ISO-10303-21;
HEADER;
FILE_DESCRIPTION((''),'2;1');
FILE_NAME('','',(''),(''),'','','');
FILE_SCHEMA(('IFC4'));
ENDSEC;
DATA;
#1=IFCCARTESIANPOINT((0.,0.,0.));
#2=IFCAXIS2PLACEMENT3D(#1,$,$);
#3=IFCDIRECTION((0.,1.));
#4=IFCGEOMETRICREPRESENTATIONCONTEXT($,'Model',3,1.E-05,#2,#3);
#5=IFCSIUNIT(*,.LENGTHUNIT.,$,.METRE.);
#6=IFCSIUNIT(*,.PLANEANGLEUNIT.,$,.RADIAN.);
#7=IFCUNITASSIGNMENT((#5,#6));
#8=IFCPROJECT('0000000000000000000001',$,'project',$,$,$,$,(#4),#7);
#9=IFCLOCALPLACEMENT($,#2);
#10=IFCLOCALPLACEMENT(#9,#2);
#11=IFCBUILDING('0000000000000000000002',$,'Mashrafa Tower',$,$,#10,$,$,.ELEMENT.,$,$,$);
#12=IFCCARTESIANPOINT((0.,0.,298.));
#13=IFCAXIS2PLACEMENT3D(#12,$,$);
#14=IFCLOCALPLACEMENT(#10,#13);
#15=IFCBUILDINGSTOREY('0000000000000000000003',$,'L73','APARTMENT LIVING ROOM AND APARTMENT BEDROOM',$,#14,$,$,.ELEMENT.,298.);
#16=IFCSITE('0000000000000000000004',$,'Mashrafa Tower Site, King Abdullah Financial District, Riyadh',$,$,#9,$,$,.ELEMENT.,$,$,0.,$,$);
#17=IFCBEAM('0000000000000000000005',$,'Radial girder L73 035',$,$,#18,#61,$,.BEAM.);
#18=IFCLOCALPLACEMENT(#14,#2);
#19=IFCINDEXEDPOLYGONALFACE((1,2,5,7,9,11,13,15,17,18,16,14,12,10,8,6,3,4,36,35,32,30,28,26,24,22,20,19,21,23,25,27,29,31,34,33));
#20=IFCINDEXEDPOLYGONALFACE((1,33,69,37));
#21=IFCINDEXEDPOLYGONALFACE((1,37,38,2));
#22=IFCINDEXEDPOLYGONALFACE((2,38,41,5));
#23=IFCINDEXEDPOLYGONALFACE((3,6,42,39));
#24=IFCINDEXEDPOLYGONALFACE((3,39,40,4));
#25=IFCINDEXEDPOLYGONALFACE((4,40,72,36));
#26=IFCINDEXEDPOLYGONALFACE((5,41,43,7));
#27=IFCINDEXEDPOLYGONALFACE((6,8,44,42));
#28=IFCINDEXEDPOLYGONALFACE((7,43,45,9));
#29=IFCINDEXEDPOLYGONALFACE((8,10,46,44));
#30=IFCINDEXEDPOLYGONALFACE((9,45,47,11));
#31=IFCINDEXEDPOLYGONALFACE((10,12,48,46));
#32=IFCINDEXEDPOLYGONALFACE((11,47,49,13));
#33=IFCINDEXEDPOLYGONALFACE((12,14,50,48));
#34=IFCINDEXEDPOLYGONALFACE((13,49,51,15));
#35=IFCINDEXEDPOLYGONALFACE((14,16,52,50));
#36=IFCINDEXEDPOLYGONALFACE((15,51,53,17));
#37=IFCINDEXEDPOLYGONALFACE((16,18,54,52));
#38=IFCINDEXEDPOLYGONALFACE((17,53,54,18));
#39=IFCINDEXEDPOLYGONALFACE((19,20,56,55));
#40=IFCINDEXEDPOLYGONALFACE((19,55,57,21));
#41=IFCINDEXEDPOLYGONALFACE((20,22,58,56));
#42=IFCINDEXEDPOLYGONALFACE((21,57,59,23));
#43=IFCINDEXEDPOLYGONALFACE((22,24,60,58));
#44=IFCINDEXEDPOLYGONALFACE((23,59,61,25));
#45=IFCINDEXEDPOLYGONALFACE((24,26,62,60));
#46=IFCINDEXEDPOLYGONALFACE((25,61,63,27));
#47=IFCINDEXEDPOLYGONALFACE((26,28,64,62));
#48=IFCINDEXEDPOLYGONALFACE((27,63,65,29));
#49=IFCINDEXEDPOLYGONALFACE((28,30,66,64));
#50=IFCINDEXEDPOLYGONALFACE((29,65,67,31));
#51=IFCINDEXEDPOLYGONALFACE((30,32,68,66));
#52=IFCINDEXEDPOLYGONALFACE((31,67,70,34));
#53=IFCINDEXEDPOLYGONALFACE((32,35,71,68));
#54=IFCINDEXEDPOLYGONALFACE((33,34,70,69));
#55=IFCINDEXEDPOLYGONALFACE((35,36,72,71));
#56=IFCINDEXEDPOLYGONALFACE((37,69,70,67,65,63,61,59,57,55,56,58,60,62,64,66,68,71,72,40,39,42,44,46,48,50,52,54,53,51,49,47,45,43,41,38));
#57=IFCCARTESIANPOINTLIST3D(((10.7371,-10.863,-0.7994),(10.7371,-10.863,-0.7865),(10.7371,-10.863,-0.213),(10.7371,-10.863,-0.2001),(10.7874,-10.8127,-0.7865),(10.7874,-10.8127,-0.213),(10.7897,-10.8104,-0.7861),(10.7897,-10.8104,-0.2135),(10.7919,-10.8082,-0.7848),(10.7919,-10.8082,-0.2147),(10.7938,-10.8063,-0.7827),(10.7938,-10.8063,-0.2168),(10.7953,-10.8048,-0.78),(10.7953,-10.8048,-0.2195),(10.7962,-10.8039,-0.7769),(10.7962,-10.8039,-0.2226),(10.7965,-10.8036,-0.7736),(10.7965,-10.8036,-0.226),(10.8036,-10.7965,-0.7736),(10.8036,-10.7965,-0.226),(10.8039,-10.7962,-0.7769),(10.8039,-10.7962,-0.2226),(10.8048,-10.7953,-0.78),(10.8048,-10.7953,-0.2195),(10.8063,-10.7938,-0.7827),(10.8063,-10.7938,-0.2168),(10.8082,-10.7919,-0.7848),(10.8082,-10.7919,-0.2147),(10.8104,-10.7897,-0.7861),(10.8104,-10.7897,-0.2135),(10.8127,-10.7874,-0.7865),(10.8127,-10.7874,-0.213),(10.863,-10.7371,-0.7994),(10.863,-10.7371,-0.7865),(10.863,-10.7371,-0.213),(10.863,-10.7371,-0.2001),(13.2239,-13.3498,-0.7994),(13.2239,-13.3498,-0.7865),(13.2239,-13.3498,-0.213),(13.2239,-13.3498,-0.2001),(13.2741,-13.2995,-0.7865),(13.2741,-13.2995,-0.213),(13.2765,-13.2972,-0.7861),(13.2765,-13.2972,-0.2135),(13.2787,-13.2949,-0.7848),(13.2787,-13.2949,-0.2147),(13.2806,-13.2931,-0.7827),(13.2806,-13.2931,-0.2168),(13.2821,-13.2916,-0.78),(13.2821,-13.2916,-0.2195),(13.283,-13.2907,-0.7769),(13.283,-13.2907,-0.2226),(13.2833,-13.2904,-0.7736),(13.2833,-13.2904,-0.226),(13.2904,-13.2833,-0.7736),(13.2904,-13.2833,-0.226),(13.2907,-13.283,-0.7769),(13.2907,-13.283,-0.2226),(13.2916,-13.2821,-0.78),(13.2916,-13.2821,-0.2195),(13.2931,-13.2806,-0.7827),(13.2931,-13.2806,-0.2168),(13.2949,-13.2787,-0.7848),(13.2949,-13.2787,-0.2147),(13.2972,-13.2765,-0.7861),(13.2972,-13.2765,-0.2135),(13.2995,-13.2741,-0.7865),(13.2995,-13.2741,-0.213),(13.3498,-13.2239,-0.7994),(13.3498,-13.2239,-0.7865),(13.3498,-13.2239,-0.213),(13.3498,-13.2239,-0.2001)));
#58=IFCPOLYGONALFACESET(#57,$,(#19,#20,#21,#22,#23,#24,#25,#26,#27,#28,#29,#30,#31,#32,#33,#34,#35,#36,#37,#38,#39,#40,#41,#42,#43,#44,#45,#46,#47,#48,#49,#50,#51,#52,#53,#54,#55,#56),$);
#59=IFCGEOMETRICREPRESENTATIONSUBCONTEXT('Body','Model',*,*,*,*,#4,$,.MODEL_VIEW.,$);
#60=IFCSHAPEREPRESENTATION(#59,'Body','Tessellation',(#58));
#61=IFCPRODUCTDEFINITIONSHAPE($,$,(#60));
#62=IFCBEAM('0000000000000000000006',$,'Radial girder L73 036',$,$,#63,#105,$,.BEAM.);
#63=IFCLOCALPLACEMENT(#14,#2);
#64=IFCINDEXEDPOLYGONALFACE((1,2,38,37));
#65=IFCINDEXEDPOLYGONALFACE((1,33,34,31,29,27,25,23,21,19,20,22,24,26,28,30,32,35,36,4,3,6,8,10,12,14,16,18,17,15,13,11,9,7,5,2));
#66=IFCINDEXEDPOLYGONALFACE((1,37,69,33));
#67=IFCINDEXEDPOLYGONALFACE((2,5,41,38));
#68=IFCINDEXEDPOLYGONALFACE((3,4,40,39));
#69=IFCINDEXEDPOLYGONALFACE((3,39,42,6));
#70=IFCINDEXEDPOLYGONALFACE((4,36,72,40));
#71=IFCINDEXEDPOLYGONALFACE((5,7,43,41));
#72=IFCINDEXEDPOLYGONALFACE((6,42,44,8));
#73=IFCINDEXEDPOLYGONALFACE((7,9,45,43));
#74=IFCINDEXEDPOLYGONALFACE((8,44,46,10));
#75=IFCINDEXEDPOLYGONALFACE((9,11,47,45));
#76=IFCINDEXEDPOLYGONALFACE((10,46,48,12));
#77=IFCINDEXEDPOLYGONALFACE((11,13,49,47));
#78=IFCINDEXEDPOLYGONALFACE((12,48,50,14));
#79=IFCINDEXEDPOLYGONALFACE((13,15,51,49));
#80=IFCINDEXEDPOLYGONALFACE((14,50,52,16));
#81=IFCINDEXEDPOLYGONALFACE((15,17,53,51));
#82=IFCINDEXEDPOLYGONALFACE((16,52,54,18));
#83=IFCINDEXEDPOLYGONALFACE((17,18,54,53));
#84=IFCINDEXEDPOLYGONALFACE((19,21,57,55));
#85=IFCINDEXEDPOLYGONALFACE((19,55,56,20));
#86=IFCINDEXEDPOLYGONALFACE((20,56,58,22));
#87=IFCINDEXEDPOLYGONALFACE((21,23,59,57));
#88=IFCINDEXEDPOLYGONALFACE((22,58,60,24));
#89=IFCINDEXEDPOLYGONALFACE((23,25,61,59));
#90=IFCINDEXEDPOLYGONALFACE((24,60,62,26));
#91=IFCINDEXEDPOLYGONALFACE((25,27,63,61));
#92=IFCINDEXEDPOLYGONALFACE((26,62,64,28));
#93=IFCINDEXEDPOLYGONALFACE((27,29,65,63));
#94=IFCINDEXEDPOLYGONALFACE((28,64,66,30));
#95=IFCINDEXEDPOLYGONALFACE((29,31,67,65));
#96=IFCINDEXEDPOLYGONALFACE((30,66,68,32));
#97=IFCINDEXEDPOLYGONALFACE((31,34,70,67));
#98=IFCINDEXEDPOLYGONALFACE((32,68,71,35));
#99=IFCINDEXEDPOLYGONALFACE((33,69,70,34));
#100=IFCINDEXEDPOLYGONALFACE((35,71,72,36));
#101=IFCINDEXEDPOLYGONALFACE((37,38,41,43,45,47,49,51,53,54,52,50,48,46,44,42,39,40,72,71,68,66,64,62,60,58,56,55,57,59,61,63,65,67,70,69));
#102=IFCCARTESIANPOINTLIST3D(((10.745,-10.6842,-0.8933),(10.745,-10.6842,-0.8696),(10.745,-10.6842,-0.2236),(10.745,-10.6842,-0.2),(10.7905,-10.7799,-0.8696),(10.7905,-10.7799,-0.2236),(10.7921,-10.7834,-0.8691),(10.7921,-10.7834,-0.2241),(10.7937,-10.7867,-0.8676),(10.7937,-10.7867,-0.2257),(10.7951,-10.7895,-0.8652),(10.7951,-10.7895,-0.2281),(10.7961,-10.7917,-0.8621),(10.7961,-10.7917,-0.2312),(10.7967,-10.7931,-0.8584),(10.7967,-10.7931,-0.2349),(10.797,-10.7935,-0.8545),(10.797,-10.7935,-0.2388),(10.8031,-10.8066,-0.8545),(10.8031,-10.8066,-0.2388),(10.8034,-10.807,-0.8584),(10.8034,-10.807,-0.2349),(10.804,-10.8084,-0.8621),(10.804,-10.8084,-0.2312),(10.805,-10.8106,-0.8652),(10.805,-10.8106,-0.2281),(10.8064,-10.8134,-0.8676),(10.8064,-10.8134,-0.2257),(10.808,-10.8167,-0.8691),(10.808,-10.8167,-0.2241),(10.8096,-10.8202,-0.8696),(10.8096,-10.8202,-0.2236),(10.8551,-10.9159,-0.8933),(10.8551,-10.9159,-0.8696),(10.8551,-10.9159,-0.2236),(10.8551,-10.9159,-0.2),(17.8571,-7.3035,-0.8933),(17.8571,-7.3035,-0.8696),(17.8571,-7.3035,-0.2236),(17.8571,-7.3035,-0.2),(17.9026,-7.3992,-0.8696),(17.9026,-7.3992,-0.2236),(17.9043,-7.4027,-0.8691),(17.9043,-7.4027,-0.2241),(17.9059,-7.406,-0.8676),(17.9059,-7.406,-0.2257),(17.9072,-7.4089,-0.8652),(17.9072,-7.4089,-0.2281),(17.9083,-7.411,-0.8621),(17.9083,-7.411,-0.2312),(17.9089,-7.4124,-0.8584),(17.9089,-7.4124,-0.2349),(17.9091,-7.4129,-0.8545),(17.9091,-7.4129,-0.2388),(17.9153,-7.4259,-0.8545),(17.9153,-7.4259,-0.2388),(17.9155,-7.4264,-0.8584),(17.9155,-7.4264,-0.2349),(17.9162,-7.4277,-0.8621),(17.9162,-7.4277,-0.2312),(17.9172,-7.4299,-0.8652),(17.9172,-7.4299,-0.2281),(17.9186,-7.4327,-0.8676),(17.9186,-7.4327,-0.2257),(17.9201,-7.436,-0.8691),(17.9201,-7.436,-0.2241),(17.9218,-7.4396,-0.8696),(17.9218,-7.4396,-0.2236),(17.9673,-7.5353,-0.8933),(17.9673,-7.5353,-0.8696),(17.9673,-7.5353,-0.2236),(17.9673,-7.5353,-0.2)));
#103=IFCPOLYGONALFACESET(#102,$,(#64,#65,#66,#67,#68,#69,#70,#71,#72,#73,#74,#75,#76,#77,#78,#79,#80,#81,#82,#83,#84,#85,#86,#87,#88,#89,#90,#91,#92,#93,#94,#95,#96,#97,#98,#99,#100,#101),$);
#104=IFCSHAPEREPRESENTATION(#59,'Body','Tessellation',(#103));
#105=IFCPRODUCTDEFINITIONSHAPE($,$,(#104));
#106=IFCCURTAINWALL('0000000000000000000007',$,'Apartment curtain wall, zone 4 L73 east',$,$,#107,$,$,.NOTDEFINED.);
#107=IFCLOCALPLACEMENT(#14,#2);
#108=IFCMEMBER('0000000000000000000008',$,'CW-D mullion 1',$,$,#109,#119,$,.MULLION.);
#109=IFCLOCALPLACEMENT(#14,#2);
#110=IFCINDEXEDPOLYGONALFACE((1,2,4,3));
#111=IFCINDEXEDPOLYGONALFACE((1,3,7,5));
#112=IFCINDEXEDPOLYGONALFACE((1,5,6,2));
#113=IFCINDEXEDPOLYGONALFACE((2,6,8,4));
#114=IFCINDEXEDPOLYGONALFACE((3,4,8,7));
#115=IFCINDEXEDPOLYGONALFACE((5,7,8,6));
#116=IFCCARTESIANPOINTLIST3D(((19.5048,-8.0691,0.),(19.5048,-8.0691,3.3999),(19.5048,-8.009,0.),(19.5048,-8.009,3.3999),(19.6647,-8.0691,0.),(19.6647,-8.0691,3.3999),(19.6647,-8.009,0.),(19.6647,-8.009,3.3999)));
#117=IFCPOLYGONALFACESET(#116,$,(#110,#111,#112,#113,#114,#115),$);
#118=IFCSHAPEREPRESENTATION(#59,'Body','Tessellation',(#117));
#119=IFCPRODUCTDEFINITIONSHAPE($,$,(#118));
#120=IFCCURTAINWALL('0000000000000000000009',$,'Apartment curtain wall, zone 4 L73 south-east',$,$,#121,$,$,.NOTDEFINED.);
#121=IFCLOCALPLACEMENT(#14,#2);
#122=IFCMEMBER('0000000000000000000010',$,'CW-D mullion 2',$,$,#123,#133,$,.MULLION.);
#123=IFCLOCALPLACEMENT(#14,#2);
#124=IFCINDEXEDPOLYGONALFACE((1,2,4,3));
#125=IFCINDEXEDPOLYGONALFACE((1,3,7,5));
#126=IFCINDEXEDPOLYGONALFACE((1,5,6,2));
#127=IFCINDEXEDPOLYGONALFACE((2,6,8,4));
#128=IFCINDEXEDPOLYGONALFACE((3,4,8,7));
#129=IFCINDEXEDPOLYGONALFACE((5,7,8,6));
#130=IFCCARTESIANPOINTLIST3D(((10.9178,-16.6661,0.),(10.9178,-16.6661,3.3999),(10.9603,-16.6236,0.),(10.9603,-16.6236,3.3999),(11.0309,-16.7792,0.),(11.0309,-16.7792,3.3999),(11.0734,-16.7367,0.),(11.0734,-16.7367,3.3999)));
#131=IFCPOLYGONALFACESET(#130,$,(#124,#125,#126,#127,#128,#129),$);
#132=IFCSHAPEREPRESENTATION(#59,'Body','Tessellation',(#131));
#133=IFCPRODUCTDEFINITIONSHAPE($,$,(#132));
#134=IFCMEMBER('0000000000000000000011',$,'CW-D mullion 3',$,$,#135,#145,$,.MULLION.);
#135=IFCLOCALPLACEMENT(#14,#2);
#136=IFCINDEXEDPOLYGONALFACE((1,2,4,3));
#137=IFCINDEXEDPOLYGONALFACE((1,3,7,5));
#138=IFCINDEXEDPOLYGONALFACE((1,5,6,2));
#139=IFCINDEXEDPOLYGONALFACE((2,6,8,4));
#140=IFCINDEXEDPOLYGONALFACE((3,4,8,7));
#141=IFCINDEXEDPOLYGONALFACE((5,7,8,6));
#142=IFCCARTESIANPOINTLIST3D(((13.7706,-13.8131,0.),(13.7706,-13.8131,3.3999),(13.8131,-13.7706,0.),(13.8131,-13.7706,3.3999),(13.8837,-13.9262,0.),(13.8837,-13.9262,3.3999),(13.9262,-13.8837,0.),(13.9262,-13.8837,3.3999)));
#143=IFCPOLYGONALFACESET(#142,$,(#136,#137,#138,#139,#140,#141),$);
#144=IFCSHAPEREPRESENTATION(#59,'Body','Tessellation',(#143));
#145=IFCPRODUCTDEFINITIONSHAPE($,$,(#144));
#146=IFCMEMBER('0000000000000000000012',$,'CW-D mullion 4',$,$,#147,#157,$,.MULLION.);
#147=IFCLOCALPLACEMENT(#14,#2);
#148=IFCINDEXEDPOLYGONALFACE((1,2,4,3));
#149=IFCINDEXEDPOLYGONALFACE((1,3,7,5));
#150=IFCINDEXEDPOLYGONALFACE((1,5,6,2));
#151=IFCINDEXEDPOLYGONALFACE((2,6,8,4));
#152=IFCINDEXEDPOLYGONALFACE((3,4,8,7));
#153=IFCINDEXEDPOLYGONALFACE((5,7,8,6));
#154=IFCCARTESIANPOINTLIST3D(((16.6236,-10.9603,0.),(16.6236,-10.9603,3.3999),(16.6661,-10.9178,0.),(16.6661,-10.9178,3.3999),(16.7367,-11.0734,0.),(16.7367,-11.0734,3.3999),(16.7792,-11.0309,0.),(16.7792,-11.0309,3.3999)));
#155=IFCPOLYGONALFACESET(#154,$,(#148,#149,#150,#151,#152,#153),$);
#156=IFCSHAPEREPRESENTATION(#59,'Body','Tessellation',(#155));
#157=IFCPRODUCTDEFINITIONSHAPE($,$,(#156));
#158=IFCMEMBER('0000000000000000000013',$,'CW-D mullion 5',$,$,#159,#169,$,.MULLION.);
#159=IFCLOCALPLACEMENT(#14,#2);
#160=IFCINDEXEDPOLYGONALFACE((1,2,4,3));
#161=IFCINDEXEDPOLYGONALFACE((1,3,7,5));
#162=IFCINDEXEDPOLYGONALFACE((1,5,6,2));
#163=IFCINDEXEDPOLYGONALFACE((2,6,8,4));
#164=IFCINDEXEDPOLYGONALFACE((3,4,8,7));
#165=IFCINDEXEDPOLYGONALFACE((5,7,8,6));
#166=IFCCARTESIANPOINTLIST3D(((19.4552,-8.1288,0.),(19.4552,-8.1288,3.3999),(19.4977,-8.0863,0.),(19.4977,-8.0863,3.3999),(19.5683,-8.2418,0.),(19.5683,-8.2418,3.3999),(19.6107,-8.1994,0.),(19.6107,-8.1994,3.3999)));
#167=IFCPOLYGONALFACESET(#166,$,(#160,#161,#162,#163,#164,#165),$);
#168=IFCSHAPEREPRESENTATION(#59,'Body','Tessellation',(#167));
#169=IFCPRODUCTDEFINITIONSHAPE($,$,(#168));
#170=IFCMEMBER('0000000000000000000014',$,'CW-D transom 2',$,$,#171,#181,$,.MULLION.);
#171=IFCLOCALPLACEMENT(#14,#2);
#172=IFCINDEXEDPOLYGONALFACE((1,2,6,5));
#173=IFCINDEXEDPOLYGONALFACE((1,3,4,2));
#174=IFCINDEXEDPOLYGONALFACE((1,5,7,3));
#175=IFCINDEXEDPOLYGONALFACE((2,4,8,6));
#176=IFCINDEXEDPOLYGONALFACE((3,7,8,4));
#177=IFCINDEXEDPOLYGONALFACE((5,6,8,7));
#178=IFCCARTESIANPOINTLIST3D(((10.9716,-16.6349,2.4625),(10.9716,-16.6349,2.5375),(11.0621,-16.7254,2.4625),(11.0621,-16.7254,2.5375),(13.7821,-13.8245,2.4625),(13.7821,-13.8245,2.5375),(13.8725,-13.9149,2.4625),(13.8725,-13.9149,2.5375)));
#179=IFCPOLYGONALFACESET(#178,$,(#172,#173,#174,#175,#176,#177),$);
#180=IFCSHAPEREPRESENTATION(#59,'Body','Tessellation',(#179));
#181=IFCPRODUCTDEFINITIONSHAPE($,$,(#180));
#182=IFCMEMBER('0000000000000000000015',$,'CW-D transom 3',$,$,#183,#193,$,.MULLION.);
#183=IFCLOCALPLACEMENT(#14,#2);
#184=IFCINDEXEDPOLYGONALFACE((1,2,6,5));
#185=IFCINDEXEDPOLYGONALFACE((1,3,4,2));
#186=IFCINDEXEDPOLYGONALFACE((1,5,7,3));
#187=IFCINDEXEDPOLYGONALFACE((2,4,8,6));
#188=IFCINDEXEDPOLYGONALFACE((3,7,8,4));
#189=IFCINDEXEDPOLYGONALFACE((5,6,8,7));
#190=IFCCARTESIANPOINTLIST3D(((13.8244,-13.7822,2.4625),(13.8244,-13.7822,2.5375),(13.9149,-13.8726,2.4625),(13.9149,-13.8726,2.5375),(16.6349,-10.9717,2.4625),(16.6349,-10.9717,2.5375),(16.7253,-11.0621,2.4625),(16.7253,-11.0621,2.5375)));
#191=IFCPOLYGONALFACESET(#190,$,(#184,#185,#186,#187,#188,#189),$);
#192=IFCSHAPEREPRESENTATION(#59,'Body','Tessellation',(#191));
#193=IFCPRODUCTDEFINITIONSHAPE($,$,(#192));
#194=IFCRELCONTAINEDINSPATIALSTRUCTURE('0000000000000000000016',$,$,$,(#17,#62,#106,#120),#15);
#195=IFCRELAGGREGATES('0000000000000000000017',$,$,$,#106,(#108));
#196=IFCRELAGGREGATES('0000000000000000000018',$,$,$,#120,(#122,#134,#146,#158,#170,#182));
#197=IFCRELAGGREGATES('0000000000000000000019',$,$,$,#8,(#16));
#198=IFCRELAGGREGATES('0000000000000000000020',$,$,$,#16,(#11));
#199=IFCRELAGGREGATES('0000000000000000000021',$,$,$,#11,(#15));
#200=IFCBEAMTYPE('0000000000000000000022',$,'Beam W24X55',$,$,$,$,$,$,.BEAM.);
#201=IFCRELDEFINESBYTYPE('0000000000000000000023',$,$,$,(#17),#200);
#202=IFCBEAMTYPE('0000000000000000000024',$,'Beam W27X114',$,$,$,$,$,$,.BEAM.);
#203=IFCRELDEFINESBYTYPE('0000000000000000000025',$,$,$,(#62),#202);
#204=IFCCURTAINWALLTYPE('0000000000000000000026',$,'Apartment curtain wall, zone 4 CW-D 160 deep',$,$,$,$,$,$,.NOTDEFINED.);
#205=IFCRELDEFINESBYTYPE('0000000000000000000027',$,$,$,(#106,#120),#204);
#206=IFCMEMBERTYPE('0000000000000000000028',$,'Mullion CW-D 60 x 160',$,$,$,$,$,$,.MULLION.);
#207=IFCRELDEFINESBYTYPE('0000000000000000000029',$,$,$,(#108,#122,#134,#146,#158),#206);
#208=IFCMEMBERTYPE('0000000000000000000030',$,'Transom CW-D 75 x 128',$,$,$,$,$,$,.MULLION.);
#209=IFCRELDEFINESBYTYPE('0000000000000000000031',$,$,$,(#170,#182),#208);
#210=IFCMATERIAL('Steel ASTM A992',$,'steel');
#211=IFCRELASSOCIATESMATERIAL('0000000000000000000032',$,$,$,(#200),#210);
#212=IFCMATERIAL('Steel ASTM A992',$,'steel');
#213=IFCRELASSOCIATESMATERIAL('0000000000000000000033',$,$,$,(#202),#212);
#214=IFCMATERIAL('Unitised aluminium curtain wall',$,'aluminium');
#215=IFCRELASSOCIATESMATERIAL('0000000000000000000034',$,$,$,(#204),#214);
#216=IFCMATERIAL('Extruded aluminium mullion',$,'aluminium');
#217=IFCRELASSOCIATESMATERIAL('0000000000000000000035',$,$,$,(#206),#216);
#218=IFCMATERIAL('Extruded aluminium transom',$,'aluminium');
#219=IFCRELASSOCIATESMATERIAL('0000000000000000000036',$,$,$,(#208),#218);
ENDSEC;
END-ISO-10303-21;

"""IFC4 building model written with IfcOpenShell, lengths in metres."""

from ifc_helpers import new_model, si_unit, direction, frame, origin, origin_2d, place, context, subcontext, project, spatial, rectangle, i_section, extrude, source, transform, mapped, material, material_profile, profile_set, type_object, type_shapes, element, aggregate, save


model = new_model("IFC4")

# Units and contexts
model_context = context("Model", 3, precision=1e-05, world=origin(), true_north=direction((0.0, 1.0)))
body_context = subcontext(model_context, "Body", "Model", "MODEL_VIEW")
ifc_project = project(units=[si_unit("LENGTHUNIT", "METRE"), si_unit("PLANEANGLEUNIT", "RADIAN")], contexts=[model_context])

# Site, building, storey
site_placement = place(None, origin())
site = spatial("IfcSite", under=ifc_project, at=site_placement, Name="Mashrafa Tower Site, King Abdullah Financial District, Riyadh", CompositionType="ELEMENT", RefElevation=0.0)
building_placement = place(site_placement, origin())
building = spatial("IfcBuilding", under=site, at=building_placement, Name="Mashrafa Tower", CompositionType="ELEMENT")
storey_placement = place(building_placement, frame((0.0, 0.0, 298.0)))
storey = spatial("IfcBuildingStorey", under=building, at=storey_placement, Name="L73", Description="APARTMENT LIVING ROOM AND APARTMENT BEDROOM", CompositionType="ELEMENT", Elevation=298.0)

# Beams
ifc_material_1 = material(Name="Steel ASTM A992", Category="steel")
ifc_material_profile_1 = material_profile(ifc_material_1, i_section(OverallWidth=0.178, OverallDepth=0.5994, WebThickness=0.01, FlangeThickness=0.0129, FilletRadius=0.0129, at=origin_2d()), Name="W24X55")
ifc_profile_set_1 = profile_set([ifc_material_profile_1], Name="Steel ASTM A992")
beam_type_1 = type_object("IfcBeamType", Name="Beam W24X55", PredefinedType="BEAM", material=ifc_profile_set_1)
beam_1_placement = place(storey_placement, frame((10.8, -10.8, -0.4998), z_axis=(0.707107, -0.707107, 0.0), x_axis=(0.707107, 0.707107, 0.0)))
element("IfcBeam", 1, at=beam_1_placement, inside=storey, type_object=beam_type_1, Name="Radial girder L73 035", PredefinedType="BEAM", context=body_context, shape_type="SweptSolid", body=[
    extrude(i_section(OverallWidth=0.178, OverallDepth=0.5994, WebThickness=0.01, FlangeThickness=0.0129, FilletRadius=0.0129, at=origin_2d()), origin(), (0.0, 0.0, 1.0), 3.5168),
])
ifc_material_2 = material(Name="Steel ASTM A992", Category="steel")
ifc_material_profile_2 = material_profile(ifc_material_2, i_section(OverallWidth=0.2566, OverallDepth=0.6934, WebThickness=0.0144, FlangeThickness=0.0237, FilletRadius=0.0151, at=origin_2d()), Name="W27X114")
ifc_profile_set_2 = profile_set([ifc_material_profile_2], Name="Steel ASTM A992")
beam_type_2 = type_object("IfcBeamType", Name="Beam W27X114", PredefinedType="BEAM", material=ifc_profile_set_2)
beam_2_placement = place(storey_placement, frame((10.8, -10.8, -0.5466), z_axis=(0.90316, 0.429304, 0.0), x_axis=(-0.429304, 0.90316, 0.0)))
element("IfcBeam", 2, at=beam_2_placement, inside=storey, type_object=beam_type_2, Name="Radial girder L73 036", PredefinedType="BEAM", context=body_context, shape_type="SweptSolid", body=[
    extrude(i_section(OverallWidth=0.2566, OverallDepth=0.6934, WebThickness=0.0144, FlangeThickness=0.0237, FilletRadius=0.0151, at=origin_2d()), origin(), (0.0, 0.0, 1.0), 7.8748),
])

# Curtain wall, member
ifc_material_3 = material(Name="Unitised aluminium curtain wall", Category="aluminium")
curtain_wall_type = type_object("IfcCurtainWallType", Name="Apartment curtain wall, zone 4 CW-D 160 deep", PredefinedType="NOTDEFINED", material=ifc_material_3)
curtain_wall_1_placement = place(storey_placement, origin())
curtain_wall_1 = element("IfcCurtainWall", 3, at=curtain_wall_1_placement, inside=storey, type_object=curtain_wall_type, Name="Apartment curtain wall, zone 4 L73 east", PredefinedType="NOTDEFINED")
ifc_material_4 = material(Name="Extruded aluminium mullion", Category="aluminium")
ifc_material_profile_3 = material_profile(ifc_material_4, rectangle(XDim=0.1599, YDim=0.0601, at=origin_2d()), Name="Mullion 60x160")
ifc_profile_set_3 = profile_set([ifc_material_profile_3], Name="Extruded aluminium mullion")
member_type_1 = type_object("IfcMemberType", Name="Mullion CW-D 60 x 160", PredefinedType="MULLION", material=ifc_profile_set_3)
shared_shape_1 = source(origin(), body_context, "Body", "SweptSolid", [
    extrude(rectangle(XDim=0.1599, YDim=0.0601, at=origin_2d()), origin(), (0.0, 0.0, 1.0), 3.3999),
])
type_shapes(member_type_1, [shared_shape_1])
member_1_placement = place(storey_placement, frame((19.5847, -8.0391, 0.0), z_axis=(0.0, 0.0, 1.0), x_axis=(-1.0, 0.0, 0.0)))
member_1 = element("IfcMember", 4, at=member_1_placement, type_object=member_type_1, Name="CW-D mullion 1", PredefinedType="MULLION", context=body_context, shape_type="MappedRepresentation", body=[
    mapped(shared_shape_1, transform((0.0, 0.0, 0.0))),
])
aggregate(curtain_wall_1, [member_1])

# Curtain wall, members
curtain_wall_2_placement = place(storey_placement, origin())
curtain_wall_2 = element("IfcCurtainWall", 5, at=curtain_wall_2_placement, inside=storey, type_object=curtain_wall_type, Name="Apartment curtain wall, zone 4 L73 south-east", PredefinedType="NOTDEFINED")
member_2_placement = place(storey_placement, frame((10.9956, -16.7014, 0.0), z_axis=(0.0, 0.0, 1.0), x_axis=(-0.707107, 0.707107, 0.0)))
member_2 = element("IfcMember", 6, at=member_2_placement, type_object=member_type_1, Name="CW-D mullion 2", PredefinedType="MULLION", context=body_context, shape_type="MappedRepresentation", body=[
    mapped(shared_shape_1, transform((0.0, 0.0, 0.0))),
])
member_3_placement = place(storey_placement, frame((13.8484, -13.8484, 0.0), z_axis=(0.0, 0.0, 1.0), x_axis=(-0.707107, 0.707107, 0.0)))
member_3 = element("IfcMember", 7, at=member_3_placement, type_object=member_type_1, Name="CW-D mullion 3", PredefinedType="MULLION", context=body_context, shape_type="MappedRepresentation", body=[
    mapped(shared_shape_1, transform((0.0, 0.0, 0.0))),
])
member_4_placement = place(storey_placement, frame((16.7014, -10.9956, 0.0), z_axis=(0.0, 0.0, 1.0), x_axis=(-0.707107, 0.707107, 0.0)))
member_4 = element("IfcMember", 8, at=member_4_placement, type_object=member_type_1, Name="CW-D mullion 4", PredefinedType="MULLION", context=body_context, shape_type="MappedRepresentation", body=[
    mapped(shared_shape_1, transform((0.0, 0.0, 0.0))),
])
member_5_placement = place(storey_placement, frame((19.533, -8.1641, 0.0), z_axis=(0.0, 0.0, 1.0), x_axis=(-0.707107, 0.707107, 0.0)))
member_5 = element("IfcMember", 9, at=member_5_placement, type_object=member_type_1, Name="CW-D mullion 5", PredefinedType="MULLION", context=body_context, shape_type="MappedRepresentation", body=[
    mapped(shared_shape_1, transform((0.0, 0.0, 0.0))),
])
ifc_material_5 = material(Name="Extruded aluminium transom", Category="aluminium")
ifc_material_profile_4 = material_profile(ifc_material_5, rectangle(XDim=0.1279, YDim=0.075, at=origin_2d()), Name="Transom 75x128")
ifc_profile_set_4 = profile_set([ifc_material_profile_4], Name="Extruded aluminium transom")
member_type_2 = type_object("IfcMemberType", Name="Transom CW-D 75 x 128", PredefinedType="MULLION", material=ifc_profile_set_4)
shared_shape_2 = source(origin(), body_context, "Body", "SweptSolid", [
    extrude(rectangle(XDim=0.1279, YDim=0.075, at=origin_2d()), origin(), (0.0, 0.0, 1.0), 3.9746),
])
member_6_placement = place(storey_placement, frame((11.0168, -16.6802, 2.5), z_axis=(0.707107, 0.707107, 0.0), x_axis=(-0.707107, 0.707107, 0.0)))
member_6 = element("IfcMember", 10, at=member_6_placement, type_object=member_type_2, Name="CW-D transom 2", PredefinedType="MULLION", context=body_context, shape_type="MappedRepresentation", body=[
    mapped(shared_shape_2, transform((0.0, 0.0, 0.0))),
])
member_7_placement = place(storey_placement, frame((13.8696, -13.8274, 2.5), z_axis=(0.707107, 0.707107, 0.0), x_axis=(-0.707107, 0.707107, 0.0)))
member_7 = element("IfcMember", 11, at=member_7_placement, type_object=member_type_2, Name="CW-D transom 3", PredefinedType="MULLION", context=body_context, shape_type="MappedRepresentation", body=[
    mapped(shared_shape_2, transform((0.0, 0.0, 0.0))),
])
aggregate(curtain_wall_2, [member_2, member_3, member_4, member_5, member_6, member_7])

save(model, "model.ifc")
